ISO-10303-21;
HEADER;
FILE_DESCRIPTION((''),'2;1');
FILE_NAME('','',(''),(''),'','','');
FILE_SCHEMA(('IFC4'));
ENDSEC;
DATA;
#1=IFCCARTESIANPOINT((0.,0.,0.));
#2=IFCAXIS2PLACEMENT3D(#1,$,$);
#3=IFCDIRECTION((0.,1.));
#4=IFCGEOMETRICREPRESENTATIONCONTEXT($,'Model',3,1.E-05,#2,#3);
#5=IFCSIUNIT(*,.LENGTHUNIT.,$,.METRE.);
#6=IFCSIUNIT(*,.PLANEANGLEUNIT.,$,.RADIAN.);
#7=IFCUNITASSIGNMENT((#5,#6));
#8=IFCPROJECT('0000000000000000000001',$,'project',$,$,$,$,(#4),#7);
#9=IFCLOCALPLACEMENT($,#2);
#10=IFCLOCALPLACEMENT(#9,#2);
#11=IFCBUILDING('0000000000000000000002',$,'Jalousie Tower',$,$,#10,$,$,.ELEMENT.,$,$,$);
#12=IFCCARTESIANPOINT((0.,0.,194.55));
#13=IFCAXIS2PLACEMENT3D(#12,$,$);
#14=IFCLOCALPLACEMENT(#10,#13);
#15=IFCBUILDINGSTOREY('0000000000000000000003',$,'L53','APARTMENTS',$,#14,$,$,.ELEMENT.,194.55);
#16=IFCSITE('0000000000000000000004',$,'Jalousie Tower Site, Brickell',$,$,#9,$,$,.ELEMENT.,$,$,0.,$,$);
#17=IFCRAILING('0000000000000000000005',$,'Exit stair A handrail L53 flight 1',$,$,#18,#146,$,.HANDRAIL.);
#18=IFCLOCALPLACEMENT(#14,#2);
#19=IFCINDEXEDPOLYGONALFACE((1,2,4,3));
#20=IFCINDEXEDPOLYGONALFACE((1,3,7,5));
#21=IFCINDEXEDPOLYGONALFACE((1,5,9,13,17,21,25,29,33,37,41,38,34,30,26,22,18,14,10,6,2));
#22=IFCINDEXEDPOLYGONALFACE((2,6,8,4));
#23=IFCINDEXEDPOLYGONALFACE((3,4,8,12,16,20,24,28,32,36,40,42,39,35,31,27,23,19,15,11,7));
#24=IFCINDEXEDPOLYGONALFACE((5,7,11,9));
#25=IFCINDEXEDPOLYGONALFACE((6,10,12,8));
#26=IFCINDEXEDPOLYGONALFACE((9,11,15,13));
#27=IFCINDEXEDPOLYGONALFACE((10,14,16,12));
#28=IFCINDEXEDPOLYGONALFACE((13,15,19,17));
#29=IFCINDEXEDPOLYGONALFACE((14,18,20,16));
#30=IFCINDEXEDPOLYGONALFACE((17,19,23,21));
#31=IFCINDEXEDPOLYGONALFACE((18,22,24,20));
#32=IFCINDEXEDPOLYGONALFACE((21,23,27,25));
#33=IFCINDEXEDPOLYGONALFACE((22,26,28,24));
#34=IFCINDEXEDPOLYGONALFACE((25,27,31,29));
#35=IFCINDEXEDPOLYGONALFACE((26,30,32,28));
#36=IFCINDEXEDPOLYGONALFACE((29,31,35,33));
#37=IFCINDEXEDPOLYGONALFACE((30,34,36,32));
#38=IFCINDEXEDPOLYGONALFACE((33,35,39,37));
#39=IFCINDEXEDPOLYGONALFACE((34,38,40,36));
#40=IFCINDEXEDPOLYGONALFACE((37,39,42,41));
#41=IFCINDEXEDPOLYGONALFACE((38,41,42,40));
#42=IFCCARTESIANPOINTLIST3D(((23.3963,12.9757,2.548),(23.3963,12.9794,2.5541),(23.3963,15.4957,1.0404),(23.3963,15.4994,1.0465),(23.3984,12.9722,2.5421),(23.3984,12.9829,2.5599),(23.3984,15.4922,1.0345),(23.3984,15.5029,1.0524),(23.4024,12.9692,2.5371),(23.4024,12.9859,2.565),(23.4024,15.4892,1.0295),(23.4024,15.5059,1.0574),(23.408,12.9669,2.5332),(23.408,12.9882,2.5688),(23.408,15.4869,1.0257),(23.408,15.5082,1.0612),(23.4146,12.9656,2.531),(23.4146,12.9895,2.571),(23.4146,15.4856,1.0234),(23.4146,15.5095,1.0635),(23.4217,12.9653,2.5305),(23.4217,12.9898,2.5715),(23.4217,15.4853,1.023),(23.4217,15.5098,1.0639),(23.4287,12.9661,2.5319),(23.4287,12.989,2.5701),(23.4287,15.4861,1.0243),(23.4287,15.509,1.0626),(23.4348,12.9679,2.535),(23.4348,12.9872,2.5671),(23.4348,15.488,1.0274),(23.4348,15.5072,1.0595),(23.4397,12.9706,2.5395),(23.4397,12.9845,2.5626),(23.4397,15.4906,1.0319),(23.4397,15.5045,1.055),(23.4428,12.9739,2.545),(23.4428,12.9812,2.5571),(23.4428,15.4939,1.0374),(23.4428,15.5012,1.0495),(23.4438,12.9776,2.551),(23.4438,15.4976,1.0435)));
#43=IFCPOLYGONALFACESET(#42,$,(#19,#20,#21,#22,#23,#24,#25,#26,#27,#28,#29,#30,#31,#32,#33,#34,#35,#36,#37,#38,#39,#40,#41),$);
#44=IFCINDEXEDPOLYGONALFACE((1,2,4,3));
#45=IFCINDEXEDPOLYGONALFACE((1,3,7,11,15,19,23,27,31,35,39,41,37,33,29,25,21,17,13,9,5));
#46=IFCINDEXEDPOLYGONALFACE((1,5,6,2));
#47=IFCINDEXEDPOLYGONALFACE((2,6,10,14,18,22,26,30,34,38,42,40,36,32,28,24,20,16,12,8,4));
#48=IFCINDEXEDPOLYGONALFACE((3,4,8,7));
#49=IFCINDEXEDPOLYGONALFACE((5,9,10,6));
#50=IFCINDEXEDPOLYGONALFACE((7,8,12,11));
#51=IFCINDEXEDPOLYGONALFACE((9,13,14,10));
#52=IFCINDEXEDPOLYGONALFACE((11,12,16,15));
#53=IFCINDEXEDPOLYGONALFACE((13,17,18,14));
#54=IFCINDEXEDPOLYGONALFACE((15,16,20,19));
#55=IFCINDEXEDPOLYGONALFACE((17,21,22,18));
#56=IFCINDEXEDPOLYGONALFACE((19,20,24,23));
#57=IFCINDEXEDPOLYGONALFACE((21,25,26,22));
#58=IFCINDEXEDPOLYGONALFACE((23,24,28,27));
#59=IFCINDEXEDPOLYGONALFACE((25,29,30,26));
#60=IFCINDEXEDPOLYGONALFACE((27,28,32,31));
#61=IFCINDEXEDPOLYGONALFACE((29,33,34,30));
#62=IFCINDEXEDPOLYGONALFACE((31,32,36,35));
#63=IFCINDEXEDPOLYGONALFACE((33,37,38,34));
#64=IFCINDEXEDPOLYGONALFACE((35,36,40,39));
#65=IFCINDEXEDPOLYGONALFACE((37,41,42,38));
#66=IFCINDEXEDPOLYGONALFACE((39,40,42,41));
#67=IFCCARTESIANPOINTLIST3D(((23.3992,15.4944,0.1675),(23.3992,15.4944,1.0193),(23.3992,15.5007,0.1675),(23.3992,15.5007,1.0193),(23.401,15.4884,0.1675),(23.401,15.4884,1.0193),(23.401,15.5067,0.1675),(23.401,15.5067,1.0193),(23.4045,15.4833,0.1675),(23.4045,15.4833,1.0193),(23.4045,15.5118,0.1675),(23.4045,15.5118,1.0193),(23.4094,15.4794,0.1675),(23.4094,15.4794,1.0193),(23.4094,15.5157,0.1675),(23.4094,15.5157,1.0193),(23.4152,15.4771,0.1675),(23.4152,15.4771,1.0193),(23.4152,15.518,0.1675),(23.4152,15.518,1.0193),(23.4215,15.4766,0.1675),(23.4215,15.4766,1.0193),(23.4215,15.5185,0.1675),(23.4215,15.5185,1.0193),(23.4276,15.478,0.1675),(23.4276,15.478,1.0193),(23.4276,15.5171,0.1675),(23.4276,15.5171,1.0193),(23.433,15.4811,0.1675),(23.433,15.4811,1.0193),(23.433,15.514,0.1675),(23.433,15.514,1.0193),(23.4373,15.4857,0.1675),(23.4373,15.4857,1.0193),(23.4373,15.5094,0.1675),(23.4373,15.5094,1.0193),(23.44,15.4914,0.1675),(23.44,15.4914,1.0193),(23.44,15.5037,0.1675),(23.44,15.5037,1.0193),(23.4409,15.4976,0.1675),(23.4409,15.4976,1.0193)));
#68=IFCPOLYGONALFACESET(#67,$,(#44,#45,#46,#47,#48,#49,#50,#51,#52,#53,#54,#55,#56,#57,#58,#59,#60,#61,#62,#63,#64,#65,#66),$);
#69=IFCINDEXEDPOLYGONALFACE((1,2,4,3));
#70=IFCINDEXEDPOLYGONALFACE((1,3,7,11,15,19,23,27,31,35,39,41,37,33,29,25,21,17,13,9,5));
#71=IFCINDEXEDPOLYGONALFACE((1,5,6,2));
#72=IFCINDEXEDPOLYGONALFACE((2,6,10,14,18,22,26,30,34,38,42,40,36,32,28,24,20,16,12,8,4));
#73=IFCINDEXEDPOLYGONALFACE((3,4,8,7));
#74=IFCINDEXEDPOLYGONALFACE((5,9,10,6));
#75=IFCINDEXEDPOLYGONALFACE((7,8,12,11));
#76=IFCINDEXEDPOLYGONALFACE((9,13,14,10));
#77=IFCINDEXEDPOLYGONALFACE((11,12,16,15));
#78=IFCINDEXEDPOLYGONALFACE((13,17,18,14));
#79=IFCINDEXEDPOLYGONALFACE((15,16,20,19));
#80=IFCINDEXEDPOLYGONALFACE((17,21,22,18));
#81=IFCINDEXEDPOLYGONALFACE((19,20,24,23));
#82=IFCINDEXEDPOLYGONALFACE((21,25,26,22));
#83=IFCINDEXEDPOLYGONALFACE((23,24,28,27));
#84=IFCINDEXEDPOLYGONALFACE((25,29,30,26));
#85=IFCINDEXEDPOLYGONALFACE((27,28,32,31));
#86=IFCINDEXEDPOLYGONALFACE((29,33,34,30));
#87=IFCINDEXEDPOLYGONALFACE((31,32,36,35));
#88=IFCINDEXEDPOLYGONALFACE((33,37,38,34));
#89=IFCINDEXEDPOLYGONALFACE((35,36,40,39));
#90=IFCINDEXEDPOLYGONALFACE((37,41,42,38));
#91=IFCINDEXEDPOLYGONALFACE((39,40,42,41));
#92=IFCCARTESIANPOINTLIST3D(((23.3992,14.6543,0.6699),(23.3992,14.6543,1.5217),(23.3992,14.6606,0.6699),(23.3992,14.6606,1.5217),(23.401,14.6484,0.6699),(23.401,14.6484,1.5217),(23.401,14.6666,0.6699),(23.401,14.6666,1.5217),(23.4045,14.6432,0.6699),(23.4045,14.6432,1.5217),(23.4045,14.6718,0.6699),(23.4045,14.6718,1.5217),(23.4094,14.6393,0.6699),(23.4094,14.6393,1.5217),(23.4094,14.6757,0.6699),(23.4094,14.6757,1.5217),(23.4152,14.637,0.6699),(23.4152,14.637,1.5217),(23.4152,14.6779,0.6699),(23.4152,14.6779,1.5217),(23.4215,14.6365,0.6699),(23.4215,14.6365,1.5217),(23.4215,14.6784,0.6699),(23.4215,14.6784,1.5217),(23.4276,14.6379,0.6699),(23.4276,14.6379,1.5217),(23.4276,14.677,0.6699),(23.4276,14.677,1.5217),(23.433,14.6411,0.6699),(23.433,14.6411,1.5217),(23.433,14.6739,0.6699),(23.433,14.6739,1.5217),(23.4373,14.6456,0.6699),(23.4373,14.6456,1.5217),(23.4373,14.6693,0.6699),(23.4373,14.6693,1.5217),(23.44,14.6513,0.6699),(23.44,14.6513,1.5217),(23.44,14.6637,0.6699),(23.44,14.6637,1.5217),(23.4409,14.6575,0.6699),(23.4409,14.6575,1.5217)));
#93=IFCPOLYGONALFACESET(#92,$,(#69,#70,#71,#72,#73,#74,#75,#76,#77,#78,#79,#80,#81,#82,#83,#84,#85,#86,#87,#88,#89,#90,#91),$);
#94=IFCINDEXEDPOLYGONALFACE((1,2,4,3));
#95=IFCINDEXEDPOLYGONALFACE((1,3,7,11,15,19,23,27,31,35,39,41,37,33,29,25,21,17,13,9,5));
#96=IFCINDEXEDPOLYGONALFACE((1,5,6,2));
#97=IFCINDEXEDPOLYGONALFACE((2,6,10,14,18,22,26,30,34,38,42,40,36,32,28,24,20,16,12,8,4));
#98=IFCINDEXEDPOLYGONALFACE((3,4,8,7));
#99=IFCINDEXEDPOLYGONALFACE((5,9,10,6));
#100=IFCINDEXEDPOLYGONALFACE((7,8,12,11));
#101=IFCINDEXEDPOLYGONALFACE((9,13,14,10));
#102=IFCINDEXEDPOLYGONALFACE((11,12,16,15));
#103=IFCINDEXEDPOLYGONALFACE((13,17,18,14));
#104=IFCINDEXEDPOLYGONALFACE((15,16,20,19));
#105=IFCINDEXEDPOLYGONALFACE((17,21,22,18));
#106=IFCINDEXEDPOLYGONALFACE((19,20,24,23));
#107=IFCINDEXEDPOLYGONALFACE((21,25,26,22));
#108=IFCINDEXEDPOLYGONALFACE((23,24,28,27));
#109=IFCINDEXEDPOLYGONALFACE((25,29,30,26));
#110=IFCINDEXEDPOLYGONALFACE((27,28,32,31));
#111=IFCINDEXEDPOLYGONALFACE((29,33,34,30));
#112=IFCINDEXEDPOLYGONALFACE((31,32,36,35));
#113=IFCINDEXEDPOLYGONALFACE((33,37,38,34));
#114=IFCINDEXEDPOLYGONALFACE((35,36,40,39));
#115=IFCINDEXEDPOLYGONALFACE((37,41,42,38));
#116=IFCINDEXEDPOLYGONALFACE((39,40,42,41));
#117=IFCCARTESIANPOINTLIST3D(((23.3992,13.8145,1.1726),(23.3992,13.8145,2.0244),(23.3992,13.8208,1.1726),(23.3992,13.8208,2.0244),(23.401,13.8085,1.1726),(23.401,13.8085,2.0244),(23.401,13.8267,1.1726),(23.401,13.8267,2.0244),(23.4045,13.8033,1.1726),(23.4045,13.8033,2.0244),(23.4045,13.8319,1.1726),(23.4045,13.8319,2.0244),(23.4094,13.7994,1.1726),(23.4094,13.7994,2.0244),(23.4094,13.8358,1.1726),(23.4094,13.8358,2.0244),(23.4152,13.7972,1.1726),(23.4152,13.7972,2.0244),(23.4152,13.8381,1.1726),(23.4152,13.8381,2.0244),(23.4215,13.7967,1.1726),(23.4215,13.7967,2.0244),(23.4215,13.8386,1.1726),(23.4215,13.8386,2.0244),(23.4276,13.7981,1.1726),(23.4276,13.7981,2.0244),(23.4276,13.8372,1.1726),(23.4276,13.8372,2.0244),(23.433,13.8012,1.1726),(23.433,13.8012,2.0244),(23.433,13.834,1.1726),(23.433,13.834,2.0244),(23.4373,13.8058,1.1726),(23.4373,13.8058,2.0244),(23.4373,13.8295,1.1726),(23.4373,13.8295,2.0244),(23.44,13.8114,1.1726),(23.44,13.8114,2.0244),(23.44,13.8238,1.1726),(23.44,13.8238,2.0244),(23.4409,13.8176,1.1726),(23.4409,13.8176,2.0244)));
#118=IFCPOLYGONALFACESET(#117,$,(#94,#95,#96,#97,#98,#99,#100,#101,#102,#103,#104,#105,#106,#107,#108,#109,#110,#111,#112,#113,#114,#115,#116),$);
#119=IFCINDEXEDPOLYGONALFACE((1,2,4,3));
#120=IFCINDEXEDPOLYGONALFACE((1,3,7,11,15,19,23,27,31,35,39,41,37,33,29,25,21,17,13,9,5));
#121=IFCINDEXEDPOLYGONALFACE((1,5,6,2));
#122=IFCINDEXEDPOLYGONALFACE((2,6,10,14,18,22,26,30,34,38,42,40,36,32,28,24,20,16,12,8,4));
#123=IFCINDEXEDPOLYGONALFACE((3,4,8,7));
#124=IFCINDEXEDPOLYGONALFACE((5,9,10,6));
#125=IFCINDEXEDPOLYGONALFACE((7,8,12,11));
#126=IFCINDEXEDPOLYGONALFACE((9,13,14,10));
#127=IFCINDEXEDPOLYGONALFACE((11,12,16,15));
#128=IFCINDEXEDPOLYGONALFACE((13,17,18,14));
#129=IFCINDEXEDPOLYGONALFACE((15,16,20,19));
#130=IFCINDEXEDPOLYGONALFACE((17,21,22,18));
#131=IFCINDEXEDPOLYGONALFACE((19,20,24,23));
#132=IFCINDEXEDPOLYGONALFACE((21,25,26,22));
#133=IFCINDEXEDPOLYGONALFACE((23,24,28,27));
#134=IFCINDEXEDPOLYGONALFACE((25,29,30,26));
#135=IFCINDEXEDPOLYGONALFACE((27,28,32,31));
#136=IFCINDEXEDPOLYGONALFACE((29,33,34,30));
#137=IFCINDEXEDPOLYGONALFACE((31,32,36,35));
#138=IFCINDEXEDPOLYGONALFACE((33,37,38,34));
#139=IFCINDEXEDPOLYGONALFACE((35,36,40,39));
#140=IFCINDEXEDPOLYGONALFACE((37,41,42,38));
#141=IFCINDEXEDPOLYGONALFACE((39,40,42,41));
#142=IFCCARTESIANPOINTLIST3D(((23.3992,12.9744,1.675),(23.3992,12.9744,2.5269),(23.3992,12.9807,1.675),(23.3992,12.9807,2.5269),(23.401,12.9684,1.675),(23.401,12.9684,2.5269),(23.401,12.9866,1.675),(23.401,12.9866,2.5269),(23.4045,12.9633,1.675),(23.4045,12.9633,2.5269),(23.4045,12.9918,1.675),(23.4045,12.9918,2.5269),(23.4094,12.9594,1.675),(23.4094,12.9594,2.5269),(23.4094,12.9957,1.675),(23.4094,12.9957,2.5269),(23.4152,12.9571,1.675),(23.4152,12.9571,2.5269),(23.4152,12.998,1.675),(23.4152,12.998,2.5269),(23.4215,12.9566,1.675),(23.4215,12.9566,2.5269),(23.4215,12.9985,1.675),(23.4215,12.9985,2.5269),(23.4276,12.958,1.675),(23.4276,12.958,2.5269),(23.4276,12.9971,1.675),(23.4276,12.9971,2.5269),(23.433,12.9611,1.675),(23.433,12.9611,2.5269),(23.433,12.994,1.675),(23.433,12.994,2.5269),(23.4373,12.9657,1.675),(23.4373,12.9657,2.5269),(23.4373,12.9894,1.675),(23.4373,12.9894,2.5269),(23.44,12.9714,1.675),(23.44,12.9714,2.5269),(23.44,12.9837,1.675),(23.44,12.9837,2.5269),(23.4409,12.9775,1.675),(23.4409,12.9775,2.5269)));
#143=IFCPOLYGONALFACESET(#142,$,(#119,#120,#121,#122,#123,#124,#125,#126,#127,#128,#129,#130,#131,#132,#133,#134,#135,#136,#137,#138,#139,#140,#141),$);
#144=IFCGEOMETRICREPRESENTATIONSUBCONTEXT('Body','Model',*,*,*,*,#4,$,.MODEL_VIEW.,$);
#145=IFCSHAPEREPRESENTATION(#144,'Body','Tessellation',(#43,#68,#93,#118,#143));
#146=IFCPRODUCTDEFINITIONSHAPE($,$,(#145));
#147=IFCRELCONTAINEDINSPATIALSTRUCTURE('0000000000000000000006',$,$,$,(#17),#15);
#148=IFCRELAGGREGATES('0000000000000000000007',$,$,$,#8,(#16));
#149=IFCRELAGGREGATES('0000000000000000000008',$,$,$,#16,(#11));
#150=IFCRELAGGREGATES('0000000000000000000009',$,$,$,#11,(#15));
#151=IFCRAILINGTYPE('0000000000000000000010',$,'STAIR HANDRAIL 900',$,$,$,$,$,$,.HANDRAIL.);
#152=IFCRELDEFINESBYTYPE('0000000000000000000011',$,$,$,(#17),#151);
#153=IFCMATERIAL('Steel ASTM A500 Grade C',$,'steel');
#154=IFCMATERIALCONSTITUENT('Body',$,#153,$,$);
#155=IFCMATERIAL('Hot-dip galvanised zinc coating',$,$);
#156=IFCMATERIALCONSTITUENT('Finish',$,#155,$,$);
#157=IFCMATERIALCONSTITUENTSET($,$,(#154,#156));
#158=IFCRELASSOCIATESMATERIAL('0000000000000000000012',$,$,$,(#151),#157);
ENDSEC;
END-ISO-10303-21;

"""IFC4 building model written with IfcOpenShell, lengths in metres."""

from ifc_helpers import new_model, si_unit, direction, frame, origin, origin_2d, place, context, subcontext, project, spatial, circle, extrude, material, constituent, constituent_set, type_object, element, save


model = new_model("IFC4")

# Units and contexts
model_context = context("Model", 3, precision=1e-05, world=origin(), true_north=direction((0.0, 1.0)))
body_context = subcontext(model_context, "Body", "Model", "MODEL_VIEW")
ifc_project = project(units=[si_unit("LENGTHUNIT", "METRE"), si_unit("PLANEANGLEUNIT", "RADIAN")], contexts=[model_context])

# Site, building, storey
site_placement = place(None, origin())
site = spatial("IfcSite", under=ifc_project, at=site_placement, Name="Jalousie Tower Site, Brickell", CompositionType="ELEMENT", RefElevation=0.0)
building_placement = place(site_placement, origin())
building = spatial("IfcBuilding", under=site, at=building_placement, Name="Jalousie Tower", CompositionType="ELEMENT")
storey_placement = place(building_placement, frame((0.0, 0.0, 194.55)))
storey = spatial("IfcBuildingStorey", under=building, at=storey_placement, Name="L53", Description="APARTMENTS", CompositionType="ELEMENT", Elevation=194.55)

# Railing
ifc_material_1 = material(Name="Steel ASTM A500 Grade C", Category="steel")
ifc_constituent_1 = constituent(ifc_material_1, Name="Body")
ifc_material_2 = material(Name="Hot-dip galvanised zinc coating")
ifc_constituent_2 = constituent(ifc_material_2, Name="Finish")
ifc_constituent_set_1 = constituent_set(constituents=[ifc_constituent_1, ifc_constituent_2])
railing_type_1 = type_object("IfcRailingType", Name="STAIR HANDRAIL 900", PredefinedType="HANDRAIL", material=ifc_constituent_set_1)
railing_1_placement = place(storey_placement, frame((23.4199, 15.4976, 0.1675)))
element("IfcRailing", 1, at=railing_1_placement, inside=storey, type_object=railing_type_1, Name="Exit stair A handrail L53 flight 1", PredefinedType="HANDRAIL", context=body_context, shape_type="SweptSolid", body=[
    extrude(circle(Radius=0.0239, at=origin_2d()), frame((0.0, 0.0, 0.876), z_axis=(0.0, -0.85816, 0.513383), x_axis=(1.0, 0.0, 0.0)), (0.0, 0.0, 1.0), 2.9365),
    extrude(circle(Radius=0.021, at=origin_2d()), origin(), (0.0, 0.0, 1.0), 0.8518),
    extrude(circle(Radius=0.021, at=origin_2d()), frame((0.0, -0.8401, 0.5024)), (0.0, 0.0, 1.0), 0.8518),
    extrude(circle(Radius=0.021, at=origin_2d()), frame((0.0, -1.6799, 1.0051)), (0.0, 0.0, 1.0), 0.8518),
    extrude(circle(Radius=0.021, at=origin_2d()), frame((0.0, -2.52, 1.5076)), (0.0, 0.0, 1.0), 0.8518),
])

save(model, "model.ifc")
